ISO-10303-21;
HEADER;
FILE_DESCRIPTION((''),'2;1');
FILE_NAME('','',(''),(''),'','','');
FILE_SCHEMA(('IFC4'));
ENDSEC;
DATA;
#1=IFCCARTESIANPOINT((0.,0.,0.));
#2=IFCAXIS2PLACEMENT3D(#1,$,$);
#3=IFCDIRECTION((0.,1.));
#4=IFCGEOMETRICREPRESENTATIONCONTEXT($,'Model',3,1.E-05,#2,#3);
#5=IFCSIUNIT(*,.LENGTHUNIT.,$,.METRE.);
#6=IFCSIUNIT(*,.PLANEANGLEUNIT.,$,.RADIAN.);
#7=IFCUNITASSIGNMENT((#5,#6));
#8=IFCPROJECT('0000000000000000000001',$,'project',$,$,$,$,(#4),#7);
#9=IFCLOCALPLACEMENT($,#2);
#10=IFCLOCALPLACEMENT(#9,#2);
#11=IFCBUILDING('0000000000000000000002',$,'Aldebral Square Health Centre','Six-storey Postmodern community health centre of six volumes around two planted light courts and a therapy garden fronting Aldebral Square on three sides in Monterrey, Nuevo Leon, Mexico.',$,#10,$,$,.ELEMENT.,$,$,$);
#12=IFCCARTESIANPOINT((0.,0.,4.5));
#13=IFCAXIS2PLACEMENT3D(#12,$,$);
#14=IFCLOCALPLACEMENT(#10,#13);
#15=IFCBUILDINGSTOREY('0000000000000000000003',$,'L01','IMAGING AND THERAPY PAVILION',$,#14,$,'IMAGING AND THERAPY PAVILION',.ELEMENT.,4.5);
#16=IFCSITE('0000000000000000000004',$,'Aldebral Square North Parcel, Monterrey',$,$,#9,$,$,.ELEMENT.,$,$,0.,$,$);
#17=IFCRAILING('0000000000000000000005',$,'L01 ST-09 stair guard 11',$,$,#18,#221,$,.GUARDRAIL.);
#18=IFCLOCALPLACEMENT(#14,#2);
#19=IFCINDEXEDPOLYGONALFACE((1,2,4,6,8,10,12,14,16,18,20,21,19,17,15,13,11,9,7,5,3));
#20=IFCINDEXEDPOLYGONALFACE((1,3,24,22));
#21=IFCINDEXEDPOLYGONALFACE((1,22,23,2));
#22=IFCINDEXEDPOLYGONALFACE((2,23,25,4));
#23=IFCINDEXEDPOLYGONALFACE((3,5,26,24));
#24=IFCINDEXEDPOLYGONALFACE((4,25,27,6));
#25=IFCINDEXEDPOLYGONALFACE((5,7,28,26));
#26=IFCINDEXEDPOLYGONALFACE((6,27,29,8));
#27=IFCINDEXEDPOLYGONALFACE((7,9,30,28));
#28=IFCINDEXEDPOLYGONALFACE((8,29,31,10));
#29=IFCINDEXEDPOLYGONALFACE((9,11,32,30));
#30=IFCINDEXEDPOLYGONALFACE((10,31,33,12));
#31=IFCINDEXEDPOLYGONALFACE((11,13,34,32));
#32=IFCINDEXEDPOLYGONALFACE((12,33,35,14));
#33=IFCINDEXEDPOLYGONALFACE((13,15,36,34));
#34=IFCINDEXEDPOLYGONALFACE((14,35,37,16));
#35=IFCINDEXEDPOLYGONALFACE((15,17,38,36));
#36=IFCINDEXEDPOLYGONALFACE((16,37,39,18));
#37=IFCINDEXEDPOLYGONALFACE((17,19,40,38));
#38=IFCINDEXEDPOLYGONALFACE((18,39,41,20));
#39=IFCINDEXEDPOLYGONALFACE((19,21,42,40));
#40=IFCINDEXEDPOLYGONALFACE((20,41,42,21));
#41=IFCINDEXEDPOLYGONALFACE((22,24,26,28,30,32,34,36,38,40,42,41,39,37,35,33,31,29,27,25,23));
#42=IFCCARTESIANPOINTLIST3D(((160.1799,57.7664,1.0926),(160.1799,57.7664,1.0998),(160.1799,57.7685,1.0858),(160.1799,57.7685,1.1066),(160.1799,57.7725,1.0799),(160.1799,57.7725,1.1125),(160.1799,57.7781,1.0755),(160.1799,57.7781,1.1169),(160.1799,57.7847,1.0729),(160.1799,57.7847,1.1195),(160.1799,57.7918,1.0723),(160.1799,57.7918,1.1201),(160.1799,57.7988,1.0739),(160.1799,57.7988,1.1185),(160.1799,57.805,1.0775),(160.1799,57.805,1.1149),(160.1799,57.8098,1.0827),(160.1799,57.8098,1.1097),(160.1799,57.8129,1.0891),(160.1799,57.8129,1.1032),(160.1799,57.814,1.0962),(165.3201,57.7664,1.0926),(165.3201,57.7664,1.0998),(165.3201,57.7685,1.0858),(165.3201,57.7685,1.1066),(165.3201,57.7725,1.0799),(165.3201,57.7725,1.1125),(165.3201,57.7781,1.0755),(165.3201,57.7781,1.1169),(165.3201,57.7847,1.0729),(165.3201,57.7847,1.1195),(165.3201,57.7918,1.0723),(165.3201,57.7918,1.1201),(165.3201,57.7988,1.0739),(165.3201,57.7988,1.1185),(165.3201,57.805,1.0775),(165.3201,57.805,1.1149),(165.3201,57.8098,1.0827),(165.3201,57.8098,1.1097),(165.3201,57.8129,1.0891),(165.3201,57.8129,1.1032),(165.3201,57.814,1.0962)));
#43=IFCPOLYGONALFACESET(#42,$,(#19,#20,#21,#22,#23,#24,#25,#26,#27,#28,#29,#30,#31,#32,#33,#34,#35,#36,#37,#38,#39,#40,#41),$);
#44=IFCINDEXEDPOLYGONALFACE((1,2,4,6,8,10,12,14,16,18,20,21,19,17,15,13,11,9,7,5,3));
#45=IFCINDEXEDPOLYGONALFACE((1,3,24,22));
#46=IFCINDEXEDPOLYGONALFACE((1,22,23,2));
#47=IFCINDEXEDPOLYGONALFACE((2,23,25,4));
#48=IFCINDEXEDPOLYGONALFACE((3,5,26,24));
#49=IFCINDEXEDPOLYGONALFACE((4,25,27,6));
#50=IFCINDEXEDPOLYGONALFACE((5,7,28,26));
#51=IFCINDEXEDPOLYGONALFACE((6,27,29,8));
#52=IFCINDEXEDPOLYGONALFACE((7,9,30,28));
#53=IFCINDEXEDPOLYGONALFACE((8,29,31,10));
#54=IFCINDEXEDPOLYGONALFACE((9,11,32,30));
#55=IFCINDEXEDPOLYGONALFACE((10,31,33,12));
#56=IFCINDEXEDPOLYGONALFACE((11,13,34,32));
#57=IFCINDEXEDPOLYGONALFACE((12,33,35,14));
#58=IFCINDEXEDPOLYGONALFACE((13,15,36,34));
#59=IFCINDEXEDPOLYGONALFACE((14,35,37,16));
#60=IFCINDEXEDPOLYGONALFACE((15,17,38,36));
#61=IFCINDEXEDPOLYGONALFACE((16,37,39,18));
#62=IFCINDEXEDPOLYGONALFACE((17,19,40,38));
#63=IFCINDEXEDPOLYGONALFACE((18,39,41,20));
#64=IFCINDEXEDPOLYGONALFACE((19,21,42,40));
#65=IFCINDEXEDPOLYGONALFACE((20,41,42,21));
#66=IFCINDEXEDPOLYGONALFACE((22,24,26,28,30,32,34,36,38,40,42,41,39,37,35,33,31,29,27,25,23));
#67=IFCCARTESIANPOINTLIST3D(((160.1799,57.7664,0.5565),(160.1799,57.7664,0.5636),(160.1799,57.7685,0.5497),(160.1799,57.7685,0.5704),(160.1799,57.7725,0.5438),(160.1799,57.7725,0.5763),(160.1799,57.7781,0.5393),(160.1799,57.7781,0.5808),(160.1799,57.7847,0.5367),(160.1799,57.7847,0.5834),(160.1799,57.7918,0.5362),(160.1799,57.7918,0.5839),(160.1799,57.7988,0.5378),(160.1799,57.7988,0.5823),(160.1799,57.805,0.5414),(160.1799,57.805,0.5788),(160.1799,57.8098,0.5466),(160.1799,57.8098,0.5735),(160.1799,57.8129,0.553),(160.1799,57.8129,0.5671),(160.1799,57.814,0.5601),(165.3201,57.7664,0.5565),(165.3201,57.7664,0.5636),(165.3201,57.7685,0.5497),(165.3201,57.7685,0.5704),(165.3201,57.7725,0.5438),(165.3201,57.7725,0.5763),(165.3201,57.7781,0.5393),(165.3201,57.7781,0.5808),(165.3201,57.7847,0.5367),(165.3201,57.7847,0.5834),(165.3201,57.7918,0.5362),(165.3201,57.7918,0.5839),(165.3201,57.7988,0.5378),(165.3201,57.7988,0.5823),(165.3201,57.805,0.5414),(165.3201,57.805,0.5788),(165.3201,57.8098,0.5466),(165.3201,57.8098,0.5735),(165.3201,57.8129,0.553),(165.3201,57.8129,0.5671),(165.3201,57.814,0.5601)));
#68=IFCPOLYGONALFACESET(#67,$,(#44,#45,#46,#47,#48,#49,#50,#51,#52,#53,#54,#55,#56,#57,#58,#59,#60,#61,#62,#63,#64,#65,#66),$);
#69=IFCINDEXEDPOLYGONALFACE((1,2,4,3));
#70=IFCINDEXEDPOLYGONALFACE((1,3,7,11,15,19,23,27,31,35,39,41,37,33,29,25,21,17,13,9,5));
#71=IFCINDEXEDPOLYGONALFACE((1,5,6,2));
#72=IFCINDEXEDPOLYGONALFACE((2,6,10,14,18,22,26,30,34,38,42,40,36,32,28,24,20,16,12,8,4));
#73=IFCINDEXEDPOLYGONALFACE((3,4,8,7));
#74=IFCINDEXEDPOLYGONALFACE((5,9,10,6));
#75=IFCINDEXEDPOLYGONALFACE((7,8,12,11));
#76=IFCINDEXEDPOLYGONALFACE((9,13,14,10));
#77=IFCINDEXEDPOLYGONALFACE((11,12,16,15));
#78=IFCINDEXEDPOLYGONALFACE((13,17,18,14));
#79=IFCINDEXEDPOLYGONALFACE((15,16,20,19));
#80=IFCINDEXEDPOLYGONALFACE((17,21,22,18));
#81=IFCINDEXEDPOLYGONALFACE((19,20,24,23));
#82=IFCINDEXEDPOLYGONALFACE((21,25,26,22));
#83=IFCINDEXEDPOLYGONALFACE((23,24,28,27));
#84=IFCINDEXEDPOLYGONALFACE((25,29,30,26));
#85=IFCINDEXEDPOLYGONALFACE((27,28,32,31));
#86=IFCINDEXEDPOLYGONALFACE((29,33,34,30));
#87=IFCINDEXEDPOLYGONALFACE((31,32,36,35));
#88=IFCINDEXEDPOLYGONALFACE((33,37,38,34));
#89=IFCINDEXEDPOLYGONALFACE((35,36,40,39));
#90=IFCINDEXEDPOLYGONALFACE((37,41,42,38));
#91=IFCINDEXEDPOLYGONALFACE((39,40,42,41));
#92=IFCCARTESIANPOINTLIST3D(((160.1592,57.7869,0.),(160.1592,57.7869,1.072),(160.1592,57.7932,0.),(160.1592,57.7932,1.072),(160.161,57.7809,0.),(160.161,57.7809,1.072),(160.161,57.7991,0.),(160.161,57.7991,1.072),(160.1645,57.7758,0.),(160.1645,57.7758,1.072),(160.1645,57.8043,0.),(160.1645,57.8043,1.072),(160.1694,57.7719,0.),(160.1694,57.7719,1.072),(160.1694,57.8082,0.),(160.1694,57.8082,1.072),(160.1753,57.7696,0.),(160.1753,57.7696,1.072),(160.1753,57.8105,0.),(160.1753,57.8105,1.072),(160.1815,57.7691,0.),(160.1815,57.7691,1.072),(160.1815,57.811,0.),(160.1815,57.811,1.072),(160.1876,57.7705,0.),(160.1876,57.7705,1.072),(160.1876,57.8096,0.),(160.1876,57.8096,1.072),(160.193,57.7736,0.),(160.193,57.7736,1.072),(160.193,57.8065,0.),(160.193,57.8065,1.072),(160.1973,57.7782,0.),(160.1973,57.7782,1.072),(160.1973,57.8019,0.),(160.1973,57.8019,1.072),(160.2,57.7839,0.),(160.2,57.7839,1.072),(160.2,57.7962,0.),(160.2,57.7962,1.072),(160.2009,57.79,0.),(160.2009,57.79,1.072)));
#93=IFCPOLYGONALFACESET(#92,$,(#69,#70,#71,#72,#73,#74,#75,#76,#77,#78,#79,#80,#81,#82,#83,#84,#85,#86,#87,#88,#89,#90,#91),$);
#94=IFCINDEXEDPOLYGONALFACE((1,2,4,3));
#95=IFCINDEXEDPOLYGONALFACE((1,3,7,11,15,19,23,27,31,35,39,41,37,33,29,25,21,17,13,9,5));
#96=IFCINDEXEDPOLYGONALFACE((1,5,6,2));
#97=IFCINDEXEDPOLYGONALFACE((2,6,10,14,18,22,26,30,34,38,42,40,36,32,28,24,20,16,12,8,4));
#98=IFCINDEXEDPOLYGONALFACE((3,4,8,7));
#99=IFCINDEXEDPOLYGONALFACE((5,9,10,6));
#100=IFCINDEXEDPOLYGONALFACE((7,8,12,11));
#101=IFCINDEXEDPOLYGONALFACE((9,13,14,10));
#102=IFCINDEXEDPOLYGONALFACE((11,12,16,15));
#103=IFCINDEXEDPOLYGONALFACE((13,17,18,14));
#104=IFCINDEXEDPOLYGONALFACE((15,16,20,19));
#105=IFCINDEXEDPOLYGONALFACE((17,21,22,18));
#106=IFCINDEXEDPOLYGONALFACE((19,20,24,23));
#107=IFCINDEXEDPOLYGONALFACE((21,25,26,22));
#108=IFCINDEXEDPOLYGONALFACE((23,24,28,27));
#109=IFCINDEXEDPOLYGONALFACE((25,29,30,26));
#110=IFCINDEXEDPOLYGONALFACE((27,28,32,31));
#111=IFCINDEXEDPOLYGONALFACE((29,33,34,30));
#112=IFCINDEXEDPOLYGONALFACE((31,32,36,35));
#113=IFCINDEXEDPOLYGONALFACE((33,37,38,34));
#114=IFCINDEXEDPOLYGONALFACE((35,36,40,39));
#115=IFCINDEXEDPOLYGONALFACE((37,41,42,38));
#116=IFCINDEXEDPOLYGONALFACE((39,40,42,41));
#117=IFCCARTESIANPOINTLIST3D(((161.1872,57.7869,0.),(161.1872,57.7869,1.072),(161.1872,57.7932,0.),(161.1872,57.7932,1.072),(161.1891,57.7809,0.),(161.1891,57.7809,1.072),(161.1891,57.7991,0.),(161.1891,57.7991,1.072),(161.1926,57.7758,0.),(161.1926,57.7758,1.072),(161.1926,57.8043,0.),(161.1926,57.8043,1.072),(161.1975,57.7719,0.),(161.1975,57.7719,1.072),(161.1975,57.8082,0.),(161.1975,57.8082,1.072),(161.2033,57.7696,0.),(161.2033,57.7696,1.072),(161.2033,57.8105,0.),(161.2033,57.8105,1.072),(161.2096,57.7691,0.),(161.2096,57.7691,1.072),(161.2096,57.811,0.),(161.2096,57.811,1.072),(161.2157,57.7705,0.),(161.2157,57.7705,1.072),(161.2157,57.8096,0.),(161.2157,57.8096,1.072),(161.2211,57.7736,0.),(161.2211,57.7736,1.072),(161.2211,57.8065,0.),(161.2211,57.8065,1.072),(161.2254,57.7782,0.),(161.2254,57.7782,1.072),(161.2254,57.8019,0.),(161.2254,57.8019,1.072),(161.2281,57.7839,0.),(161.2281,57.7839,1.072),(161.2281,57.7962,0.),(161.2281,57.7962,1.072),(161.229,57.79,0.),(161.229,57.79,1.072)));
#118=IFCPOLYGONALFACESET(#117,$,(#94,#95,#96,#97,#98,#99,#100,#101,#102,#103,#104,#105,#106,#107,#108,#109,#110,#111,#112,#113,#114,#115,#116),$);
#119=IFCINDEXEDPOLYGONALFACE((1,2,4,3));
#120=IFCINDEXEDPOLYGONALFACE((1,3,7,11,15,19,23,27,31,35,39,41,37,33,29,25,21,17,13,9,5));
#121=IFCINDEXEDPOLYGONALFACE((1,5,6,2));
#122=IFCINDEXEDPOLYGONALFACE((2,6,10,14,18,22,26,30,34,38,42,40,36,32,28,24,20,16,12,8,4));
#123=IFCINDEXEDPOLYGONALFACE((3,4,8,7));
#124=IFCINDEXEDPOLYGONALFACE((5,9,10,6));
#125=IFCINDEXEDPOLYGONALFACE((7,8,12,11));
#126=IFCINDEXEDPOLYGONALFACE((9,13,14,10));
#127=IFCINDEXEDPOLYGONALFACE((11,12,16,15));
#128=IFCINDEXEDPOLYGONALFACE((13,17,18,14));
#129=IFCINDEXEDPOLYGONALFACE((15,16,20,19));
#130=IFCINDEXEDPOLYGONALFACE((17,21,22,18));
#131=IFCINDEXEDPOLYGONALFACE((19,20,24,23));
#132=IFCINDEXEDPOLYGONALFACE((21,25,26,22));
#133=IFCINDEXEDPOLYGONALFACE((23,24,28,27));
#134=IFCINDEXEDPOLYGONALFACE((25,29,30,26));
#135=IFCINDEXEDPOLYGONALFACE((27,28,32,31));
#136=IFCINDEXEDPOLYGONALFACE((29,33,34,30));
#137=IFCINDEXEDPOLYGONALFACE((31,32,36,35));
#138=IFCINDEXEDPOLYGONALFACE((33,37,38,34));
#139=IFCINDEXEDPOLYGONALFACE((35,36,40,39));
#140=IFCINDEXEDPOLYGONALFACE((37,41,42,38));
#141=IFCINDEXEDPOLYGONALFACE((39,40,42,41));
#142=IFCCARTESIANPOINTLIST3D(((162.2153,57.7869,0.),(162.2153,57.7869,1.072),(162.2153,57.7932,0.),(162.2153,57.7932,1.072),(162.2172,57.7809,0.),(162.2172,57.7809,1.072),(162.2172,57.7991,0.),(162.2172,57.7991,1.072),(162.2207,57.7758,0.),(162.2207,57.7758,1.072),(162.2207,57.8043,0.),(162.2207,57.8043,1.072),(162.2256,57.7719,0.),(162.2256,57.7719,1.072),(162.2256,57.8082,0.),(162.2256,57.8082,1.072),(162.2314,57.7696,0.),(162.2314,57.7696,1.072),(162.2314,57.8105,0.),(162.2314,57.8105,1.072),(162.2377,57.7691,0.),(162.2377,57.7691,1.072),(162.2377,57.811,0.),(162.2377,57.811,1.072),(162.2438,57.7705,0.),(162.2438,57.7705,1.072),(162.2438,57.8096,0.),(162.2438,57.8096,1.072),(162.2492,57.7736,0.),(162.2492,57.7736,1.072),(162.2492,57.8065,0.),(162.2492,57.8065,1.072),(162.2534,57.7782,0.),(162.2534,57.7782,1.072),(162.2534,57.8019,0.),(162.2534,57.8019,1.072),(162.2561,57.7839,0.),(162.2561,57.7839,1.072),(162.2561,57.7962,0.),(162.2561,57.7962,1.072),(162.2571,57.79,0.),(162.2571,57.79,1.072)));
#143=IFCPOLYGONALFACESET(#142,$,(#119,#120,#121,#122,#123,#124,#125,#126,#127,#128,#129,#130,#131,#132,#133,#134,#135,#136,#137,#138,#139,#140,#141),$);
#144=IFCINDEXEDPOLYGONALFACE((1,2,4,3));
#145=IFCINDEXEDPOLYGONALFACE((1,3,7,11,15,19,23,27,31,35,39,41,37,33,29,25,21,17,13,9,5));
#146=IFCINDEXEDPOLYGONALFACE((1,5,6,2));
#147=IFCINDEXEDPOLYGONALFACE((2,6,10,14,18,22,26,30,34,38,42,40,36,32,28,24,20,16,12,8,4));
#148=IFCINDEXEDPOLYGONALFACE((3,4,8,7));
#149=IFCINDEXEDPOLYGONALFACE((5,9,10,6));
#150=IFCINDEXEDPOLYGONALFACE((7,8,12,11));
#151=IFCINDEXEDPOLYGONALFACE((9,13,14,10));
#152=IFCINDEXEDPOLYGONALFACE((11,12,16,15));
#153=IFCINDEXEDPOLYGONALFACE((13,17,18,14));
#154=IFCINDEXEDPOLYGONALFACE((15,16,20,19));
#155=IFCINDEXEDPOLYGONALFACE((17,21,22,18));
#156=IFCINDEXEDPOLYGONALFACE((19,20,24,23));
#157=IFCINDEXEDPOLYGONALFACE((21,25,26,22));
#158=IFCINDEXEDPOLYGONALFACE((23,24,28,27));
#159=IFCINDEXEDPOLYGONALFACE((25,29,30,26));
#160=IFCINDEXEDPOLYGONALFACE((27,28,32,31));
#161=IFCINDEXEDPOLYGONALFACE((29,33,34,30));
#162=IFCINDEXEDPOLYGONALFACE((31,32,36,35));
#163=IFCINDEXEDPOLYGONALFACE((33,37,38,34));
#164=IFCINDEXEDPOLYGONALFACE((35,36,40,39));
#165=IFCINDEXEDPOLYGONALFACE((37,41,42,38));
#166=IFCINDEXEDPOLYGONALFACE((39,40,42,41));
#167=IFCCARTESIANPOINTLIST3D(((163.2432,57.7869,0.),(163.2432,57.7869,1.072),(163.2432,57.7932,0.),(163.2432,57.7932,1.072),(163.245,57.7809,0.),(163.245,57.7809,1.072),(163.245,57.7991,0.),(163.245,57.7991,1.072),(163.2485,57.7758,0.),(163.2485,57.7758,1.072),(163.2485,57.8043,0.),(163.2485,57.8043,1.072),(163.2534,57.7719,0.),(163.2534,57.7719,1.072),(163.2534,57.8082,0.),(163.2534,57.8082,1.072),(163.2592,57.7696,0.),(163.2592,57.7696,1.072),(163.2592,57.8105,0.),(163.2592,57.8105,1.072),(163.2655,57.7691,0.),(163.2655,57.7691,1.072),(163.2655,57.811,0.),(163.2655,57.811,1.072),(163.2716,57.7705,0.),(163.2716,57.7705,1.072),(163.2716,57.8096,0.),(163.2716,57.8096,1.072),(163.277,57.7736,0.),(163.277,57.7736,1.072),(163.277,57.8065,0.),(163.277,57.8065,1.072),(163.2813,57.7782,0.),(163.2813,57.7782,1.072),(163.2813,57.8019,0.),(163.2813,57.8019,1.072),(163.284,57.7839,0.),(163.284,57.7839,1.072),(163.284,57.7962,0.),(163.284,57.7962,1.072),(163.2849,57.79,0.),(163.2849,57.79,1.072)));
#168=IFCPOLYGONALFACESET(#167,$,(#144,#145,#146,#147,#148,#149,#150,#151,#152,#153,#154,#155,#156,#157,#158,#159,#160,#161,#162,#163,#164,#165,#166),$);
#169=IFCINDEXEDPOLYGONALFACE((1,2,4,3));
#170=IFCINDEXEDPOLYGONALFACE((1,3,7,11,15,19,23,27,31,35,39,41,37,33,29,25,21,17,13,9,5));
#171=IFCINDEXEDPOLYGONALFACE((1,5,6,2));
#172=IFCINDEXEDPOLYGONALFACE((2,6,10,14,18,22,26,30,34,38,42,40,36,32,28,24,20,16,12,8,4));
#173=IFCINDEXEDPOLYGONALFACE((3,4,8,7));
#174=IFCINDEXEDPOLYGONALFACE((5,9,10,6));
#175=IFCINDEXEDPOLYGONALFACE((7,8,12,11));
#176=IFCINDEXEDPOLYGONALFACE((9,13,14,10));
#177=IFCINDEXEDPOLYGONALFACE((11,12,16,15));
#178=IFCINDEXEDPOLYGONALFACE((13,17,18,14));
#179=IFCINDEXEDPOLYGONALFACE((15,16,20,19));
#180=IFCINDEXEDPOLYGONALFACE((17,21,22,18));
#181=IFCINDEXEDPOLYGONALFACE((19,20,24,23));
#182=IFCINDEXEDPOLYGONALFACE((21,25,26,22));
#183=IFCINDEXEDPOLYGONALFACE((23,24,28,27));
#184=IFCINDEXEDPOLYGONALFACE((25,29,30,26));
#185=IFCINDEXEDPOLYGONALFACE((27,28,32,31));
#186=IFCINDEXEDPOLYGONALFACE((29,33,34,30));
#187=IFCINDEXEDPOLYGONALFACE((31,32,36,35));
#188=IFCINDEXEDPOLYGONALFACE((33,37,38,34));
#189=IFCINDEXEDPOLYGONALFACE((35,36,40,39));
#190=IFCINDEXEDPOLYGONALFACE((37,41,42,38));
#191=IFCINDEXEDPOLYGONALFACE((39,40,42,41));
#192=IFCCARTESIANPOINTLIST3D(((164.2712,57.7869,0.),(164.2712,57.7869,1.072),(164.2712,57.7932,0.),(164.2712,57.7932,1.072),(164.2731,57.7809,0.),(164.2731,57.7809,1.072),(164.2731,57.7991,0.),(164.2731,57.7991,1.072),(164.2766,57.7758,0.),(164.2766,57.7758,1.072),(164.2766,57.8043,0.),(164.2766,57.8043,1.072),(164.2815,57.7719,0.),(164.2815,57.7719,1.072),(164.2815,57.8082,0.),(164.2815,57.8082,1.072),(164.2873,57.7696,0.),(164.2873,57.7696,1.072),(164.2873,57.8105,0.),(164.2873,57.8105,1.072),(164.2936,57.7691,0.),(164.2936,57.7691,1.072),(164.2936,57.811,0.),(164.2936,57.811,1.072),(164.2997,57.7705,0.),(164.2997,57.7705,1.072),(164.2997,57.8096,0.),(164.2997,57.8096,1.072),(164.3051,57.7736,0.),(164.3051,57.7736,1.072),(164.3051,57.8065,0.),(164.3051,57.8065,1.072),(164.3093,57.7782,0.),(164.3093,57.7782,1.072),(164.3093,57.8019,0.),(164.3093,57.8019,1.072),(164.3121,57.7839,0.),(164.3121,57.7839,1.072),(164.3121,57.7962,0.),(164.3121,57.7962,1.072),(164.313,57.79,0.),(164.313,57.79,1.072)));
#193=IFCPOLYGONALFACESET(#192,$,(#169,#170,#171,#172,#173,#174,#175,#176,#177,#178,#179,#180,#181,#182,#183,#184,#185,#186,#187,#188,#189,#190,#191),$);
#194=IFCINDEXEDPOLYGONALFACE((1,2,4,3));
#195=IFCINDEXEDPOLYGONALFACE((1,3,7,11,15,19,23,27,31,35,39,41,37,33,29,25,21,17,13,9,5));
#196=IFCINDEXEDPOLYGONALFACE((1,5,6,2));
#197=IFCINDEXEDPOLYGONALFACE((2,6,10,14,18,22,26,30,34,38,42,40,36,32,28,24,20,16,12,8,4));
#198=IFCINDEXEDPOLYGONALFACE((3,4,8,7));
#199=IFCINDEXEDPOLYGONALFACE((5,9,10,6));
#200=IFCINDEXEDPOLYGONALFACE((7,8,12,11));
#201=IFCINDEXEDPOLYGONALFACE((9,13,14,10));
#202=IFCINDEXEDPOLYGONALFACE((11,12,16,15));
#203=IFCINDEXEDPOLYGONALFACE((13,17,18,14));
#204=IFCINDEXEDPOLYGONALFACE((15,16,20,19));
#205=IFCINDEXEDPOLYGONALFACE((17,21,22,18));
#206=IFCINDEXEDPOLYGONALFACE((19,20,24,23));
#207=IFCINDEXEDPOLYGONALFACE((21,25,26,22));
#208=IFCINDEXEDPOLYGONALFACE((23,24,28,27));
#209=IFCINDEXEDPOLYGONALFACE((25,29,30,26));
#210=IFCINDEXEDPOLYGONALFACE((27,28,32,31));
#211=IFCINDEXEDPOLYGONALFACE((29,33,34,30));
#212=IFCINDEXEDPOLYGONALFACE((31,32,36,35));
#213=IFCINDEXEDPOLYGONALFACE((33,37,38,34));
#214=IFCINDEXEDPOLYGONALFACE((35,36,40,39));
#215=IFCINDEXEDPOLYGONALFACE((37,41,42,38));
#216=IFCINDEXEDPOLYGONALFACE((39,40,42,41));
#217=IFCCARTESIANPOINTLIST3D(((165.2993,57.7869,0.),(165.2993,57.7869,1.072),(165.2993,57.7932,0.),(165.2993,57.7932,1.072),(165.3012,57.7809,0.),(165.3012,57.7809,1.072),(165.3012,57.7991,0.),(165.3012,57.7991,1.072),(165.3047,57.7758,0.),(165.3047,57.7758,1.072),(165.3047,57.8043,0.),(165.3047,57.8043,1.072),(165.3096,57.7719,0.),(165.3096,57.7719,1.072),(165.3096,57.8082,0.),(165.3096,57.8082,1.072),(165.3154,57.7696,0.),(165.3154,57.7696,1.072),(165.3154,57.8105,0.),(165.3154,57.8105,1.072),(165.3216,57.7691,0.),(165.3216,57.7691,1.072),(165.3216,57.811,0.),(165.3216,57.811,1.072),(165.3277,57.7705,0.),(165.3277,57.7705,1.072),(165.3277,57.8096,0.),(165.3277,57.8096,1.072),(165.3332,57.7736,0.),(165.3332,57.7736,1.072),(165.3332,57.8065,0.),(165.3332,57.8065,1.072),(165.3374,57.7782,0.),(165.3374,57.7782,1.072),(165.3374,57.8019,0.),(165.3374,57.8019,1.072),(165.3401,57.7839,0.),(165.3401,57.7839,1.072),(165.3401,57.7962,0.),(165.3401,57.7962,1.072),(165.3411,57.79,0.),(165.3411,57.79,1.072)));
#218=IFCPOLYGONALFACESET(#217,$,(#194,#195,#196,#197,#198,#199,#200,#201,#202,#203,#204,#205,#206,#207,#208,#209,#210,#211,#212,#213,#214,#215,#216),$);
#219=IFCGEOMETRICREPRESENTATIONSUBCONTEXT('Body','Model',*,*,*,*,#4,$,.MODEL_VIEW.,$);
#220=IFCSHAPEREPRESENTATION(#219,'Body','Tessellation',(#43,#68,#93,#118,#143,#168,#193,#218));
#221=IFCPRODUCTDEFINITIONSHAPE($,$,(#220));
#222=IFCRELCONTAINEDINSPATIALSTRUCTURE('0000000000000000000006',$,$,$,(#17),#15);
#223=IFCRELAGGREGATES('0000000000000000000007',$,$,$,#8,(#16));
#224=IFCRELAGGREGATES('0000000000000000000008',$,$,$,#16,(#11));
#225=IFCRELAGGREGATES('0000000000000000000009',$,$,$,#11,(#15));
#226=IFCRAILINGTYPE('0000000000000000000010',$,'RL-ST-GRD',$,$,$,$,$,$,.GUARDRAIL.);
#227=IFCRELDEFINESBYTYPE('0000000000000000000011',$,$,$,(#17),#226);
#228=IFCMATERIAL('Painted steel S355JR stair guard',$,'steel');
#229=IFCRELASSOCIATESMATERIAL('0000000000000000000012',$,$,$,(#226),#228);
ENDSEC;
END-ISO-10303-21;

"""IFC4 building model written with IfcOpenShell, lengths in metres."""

from ifc_helpers import new_model, si_unit, direction, frame, origin, origin_2d, place, context, subcontext, project, spatial, circle, extrude, material, type_object, element, save


model = new_model("IFC4")

# Units and contexts
model_context = context("Model", 3, precision=1e-05, world=origin(), true_north=direction((0.0, 1.0)))
body_context = subcontext(model_context, "Body", "Model", "MODEL_VIEW")
ifc_project = project(units=[si_unit("LENGTHUNIT", "METRE"), si_unit("PLANEANGLEUNIT", "RADIAN")], contexts=[model_context])

# Site, building, storey
site_placement = place(None, origin())
site = spatial("IfcSite", under=ifc_project, at=site_placement, Name="Aldebral Square North Parcel, Monterrey", CompositionType="ELEMENT", RefElevation=0.0)
building_placement = place(site_placement, origin())
building = spatial("IfcBuilding", under=site, at=building_placement, Name="Aldebral Square Health Centre", Description="Six-storey Postmodern community health centre of six volumes around two planted light courts and a therapy garden fronting Aldebral Square on three sides in Monterrey, Nuevo Leon, Mexico.", CompositionType="ELEMENT")
storey_placement = place(building_placement, frame((0.0, 0.0, 4.5)))
storey = spatial("IfcBuildingStorey", under=building, at=storey_placement, Name="L01", Description="IMAGING AND THERAPY PAVILION", LongName="IMAGING AND THERAPY PAVILION", CompositionType="ELEMENT", Elevation=4.5)

# Railing
ifc_material_1 = material(Name="Painted steel S355JR stair guard", Category="steel")
railing_type_1 = type_object("IfcRailingType", Name="RL-ST-GRD", PredefinedType="GUARDRAIL", material=ifc_material_1)
railing_1_placement = place(storey_placement, frame((160.1799, 57.79, 0.0)))
element("IfcRailing", 1, at=railing_1_placement, inside=storey, type_object=railing_type_1, Name="L01 ST-09 stair guard 11", PredefinedType="GUARDRAIL", context=body_context, shape_type="SweptSolid", body=[
    extrude(circle(Radius=0.0239, at=origin_2d()), frame((0.0, 0.0, 1.0962), z_axis=(1.0, 0.0, 0.0), x_axis=(0.0, 1.0, 0.0)), (0.0, 0.0, 1.0), 5.1401),
    extrude(circle(Radius=0.0239, at=origin_2d()), frame((0.0, 0.0, 0.5601), z_axis=(1.0, 0.0, 0.0), x_axis=(0.0, 1.0, 0.0)), (0.0, 0.0, 1.0), 5.1401),
    extrude(circle(Radius=0.021, at=origin_2d()), origin(), (0.0, 0.0, 1.0), 1.072),
    extrude(circle(Radius=0.021, at=origin_2d()), frame((1.0281, 0.0, 0.0)), (0.0, 0.0, 1.0), 1.072),
    extrude(circle(Radius=0.021, at=origin_2d()), frame((2.0562, 0.0, 0.0)), (0.0, 0.0, 1.0), 1.072),
    extrude(circle(Radius=0.021, at=origin_2d()), frame((3.084, 0.0, 0.0)), (0.0, 0.0, 1.0), 1.072),
    extrude(circle(Radius=0.021, at=origin_2d()), frame((4.1121, 0.0, 0.0)), (0.0, 0.0, 1.0), 1.072),
    extrude(circle(Radius=0.021, at=origin_2d()), frame((5.1401, 0.0, 0.0)), (0.0, 0.0, 1.0), 1.072),
])

save(model, "model.ifc")
